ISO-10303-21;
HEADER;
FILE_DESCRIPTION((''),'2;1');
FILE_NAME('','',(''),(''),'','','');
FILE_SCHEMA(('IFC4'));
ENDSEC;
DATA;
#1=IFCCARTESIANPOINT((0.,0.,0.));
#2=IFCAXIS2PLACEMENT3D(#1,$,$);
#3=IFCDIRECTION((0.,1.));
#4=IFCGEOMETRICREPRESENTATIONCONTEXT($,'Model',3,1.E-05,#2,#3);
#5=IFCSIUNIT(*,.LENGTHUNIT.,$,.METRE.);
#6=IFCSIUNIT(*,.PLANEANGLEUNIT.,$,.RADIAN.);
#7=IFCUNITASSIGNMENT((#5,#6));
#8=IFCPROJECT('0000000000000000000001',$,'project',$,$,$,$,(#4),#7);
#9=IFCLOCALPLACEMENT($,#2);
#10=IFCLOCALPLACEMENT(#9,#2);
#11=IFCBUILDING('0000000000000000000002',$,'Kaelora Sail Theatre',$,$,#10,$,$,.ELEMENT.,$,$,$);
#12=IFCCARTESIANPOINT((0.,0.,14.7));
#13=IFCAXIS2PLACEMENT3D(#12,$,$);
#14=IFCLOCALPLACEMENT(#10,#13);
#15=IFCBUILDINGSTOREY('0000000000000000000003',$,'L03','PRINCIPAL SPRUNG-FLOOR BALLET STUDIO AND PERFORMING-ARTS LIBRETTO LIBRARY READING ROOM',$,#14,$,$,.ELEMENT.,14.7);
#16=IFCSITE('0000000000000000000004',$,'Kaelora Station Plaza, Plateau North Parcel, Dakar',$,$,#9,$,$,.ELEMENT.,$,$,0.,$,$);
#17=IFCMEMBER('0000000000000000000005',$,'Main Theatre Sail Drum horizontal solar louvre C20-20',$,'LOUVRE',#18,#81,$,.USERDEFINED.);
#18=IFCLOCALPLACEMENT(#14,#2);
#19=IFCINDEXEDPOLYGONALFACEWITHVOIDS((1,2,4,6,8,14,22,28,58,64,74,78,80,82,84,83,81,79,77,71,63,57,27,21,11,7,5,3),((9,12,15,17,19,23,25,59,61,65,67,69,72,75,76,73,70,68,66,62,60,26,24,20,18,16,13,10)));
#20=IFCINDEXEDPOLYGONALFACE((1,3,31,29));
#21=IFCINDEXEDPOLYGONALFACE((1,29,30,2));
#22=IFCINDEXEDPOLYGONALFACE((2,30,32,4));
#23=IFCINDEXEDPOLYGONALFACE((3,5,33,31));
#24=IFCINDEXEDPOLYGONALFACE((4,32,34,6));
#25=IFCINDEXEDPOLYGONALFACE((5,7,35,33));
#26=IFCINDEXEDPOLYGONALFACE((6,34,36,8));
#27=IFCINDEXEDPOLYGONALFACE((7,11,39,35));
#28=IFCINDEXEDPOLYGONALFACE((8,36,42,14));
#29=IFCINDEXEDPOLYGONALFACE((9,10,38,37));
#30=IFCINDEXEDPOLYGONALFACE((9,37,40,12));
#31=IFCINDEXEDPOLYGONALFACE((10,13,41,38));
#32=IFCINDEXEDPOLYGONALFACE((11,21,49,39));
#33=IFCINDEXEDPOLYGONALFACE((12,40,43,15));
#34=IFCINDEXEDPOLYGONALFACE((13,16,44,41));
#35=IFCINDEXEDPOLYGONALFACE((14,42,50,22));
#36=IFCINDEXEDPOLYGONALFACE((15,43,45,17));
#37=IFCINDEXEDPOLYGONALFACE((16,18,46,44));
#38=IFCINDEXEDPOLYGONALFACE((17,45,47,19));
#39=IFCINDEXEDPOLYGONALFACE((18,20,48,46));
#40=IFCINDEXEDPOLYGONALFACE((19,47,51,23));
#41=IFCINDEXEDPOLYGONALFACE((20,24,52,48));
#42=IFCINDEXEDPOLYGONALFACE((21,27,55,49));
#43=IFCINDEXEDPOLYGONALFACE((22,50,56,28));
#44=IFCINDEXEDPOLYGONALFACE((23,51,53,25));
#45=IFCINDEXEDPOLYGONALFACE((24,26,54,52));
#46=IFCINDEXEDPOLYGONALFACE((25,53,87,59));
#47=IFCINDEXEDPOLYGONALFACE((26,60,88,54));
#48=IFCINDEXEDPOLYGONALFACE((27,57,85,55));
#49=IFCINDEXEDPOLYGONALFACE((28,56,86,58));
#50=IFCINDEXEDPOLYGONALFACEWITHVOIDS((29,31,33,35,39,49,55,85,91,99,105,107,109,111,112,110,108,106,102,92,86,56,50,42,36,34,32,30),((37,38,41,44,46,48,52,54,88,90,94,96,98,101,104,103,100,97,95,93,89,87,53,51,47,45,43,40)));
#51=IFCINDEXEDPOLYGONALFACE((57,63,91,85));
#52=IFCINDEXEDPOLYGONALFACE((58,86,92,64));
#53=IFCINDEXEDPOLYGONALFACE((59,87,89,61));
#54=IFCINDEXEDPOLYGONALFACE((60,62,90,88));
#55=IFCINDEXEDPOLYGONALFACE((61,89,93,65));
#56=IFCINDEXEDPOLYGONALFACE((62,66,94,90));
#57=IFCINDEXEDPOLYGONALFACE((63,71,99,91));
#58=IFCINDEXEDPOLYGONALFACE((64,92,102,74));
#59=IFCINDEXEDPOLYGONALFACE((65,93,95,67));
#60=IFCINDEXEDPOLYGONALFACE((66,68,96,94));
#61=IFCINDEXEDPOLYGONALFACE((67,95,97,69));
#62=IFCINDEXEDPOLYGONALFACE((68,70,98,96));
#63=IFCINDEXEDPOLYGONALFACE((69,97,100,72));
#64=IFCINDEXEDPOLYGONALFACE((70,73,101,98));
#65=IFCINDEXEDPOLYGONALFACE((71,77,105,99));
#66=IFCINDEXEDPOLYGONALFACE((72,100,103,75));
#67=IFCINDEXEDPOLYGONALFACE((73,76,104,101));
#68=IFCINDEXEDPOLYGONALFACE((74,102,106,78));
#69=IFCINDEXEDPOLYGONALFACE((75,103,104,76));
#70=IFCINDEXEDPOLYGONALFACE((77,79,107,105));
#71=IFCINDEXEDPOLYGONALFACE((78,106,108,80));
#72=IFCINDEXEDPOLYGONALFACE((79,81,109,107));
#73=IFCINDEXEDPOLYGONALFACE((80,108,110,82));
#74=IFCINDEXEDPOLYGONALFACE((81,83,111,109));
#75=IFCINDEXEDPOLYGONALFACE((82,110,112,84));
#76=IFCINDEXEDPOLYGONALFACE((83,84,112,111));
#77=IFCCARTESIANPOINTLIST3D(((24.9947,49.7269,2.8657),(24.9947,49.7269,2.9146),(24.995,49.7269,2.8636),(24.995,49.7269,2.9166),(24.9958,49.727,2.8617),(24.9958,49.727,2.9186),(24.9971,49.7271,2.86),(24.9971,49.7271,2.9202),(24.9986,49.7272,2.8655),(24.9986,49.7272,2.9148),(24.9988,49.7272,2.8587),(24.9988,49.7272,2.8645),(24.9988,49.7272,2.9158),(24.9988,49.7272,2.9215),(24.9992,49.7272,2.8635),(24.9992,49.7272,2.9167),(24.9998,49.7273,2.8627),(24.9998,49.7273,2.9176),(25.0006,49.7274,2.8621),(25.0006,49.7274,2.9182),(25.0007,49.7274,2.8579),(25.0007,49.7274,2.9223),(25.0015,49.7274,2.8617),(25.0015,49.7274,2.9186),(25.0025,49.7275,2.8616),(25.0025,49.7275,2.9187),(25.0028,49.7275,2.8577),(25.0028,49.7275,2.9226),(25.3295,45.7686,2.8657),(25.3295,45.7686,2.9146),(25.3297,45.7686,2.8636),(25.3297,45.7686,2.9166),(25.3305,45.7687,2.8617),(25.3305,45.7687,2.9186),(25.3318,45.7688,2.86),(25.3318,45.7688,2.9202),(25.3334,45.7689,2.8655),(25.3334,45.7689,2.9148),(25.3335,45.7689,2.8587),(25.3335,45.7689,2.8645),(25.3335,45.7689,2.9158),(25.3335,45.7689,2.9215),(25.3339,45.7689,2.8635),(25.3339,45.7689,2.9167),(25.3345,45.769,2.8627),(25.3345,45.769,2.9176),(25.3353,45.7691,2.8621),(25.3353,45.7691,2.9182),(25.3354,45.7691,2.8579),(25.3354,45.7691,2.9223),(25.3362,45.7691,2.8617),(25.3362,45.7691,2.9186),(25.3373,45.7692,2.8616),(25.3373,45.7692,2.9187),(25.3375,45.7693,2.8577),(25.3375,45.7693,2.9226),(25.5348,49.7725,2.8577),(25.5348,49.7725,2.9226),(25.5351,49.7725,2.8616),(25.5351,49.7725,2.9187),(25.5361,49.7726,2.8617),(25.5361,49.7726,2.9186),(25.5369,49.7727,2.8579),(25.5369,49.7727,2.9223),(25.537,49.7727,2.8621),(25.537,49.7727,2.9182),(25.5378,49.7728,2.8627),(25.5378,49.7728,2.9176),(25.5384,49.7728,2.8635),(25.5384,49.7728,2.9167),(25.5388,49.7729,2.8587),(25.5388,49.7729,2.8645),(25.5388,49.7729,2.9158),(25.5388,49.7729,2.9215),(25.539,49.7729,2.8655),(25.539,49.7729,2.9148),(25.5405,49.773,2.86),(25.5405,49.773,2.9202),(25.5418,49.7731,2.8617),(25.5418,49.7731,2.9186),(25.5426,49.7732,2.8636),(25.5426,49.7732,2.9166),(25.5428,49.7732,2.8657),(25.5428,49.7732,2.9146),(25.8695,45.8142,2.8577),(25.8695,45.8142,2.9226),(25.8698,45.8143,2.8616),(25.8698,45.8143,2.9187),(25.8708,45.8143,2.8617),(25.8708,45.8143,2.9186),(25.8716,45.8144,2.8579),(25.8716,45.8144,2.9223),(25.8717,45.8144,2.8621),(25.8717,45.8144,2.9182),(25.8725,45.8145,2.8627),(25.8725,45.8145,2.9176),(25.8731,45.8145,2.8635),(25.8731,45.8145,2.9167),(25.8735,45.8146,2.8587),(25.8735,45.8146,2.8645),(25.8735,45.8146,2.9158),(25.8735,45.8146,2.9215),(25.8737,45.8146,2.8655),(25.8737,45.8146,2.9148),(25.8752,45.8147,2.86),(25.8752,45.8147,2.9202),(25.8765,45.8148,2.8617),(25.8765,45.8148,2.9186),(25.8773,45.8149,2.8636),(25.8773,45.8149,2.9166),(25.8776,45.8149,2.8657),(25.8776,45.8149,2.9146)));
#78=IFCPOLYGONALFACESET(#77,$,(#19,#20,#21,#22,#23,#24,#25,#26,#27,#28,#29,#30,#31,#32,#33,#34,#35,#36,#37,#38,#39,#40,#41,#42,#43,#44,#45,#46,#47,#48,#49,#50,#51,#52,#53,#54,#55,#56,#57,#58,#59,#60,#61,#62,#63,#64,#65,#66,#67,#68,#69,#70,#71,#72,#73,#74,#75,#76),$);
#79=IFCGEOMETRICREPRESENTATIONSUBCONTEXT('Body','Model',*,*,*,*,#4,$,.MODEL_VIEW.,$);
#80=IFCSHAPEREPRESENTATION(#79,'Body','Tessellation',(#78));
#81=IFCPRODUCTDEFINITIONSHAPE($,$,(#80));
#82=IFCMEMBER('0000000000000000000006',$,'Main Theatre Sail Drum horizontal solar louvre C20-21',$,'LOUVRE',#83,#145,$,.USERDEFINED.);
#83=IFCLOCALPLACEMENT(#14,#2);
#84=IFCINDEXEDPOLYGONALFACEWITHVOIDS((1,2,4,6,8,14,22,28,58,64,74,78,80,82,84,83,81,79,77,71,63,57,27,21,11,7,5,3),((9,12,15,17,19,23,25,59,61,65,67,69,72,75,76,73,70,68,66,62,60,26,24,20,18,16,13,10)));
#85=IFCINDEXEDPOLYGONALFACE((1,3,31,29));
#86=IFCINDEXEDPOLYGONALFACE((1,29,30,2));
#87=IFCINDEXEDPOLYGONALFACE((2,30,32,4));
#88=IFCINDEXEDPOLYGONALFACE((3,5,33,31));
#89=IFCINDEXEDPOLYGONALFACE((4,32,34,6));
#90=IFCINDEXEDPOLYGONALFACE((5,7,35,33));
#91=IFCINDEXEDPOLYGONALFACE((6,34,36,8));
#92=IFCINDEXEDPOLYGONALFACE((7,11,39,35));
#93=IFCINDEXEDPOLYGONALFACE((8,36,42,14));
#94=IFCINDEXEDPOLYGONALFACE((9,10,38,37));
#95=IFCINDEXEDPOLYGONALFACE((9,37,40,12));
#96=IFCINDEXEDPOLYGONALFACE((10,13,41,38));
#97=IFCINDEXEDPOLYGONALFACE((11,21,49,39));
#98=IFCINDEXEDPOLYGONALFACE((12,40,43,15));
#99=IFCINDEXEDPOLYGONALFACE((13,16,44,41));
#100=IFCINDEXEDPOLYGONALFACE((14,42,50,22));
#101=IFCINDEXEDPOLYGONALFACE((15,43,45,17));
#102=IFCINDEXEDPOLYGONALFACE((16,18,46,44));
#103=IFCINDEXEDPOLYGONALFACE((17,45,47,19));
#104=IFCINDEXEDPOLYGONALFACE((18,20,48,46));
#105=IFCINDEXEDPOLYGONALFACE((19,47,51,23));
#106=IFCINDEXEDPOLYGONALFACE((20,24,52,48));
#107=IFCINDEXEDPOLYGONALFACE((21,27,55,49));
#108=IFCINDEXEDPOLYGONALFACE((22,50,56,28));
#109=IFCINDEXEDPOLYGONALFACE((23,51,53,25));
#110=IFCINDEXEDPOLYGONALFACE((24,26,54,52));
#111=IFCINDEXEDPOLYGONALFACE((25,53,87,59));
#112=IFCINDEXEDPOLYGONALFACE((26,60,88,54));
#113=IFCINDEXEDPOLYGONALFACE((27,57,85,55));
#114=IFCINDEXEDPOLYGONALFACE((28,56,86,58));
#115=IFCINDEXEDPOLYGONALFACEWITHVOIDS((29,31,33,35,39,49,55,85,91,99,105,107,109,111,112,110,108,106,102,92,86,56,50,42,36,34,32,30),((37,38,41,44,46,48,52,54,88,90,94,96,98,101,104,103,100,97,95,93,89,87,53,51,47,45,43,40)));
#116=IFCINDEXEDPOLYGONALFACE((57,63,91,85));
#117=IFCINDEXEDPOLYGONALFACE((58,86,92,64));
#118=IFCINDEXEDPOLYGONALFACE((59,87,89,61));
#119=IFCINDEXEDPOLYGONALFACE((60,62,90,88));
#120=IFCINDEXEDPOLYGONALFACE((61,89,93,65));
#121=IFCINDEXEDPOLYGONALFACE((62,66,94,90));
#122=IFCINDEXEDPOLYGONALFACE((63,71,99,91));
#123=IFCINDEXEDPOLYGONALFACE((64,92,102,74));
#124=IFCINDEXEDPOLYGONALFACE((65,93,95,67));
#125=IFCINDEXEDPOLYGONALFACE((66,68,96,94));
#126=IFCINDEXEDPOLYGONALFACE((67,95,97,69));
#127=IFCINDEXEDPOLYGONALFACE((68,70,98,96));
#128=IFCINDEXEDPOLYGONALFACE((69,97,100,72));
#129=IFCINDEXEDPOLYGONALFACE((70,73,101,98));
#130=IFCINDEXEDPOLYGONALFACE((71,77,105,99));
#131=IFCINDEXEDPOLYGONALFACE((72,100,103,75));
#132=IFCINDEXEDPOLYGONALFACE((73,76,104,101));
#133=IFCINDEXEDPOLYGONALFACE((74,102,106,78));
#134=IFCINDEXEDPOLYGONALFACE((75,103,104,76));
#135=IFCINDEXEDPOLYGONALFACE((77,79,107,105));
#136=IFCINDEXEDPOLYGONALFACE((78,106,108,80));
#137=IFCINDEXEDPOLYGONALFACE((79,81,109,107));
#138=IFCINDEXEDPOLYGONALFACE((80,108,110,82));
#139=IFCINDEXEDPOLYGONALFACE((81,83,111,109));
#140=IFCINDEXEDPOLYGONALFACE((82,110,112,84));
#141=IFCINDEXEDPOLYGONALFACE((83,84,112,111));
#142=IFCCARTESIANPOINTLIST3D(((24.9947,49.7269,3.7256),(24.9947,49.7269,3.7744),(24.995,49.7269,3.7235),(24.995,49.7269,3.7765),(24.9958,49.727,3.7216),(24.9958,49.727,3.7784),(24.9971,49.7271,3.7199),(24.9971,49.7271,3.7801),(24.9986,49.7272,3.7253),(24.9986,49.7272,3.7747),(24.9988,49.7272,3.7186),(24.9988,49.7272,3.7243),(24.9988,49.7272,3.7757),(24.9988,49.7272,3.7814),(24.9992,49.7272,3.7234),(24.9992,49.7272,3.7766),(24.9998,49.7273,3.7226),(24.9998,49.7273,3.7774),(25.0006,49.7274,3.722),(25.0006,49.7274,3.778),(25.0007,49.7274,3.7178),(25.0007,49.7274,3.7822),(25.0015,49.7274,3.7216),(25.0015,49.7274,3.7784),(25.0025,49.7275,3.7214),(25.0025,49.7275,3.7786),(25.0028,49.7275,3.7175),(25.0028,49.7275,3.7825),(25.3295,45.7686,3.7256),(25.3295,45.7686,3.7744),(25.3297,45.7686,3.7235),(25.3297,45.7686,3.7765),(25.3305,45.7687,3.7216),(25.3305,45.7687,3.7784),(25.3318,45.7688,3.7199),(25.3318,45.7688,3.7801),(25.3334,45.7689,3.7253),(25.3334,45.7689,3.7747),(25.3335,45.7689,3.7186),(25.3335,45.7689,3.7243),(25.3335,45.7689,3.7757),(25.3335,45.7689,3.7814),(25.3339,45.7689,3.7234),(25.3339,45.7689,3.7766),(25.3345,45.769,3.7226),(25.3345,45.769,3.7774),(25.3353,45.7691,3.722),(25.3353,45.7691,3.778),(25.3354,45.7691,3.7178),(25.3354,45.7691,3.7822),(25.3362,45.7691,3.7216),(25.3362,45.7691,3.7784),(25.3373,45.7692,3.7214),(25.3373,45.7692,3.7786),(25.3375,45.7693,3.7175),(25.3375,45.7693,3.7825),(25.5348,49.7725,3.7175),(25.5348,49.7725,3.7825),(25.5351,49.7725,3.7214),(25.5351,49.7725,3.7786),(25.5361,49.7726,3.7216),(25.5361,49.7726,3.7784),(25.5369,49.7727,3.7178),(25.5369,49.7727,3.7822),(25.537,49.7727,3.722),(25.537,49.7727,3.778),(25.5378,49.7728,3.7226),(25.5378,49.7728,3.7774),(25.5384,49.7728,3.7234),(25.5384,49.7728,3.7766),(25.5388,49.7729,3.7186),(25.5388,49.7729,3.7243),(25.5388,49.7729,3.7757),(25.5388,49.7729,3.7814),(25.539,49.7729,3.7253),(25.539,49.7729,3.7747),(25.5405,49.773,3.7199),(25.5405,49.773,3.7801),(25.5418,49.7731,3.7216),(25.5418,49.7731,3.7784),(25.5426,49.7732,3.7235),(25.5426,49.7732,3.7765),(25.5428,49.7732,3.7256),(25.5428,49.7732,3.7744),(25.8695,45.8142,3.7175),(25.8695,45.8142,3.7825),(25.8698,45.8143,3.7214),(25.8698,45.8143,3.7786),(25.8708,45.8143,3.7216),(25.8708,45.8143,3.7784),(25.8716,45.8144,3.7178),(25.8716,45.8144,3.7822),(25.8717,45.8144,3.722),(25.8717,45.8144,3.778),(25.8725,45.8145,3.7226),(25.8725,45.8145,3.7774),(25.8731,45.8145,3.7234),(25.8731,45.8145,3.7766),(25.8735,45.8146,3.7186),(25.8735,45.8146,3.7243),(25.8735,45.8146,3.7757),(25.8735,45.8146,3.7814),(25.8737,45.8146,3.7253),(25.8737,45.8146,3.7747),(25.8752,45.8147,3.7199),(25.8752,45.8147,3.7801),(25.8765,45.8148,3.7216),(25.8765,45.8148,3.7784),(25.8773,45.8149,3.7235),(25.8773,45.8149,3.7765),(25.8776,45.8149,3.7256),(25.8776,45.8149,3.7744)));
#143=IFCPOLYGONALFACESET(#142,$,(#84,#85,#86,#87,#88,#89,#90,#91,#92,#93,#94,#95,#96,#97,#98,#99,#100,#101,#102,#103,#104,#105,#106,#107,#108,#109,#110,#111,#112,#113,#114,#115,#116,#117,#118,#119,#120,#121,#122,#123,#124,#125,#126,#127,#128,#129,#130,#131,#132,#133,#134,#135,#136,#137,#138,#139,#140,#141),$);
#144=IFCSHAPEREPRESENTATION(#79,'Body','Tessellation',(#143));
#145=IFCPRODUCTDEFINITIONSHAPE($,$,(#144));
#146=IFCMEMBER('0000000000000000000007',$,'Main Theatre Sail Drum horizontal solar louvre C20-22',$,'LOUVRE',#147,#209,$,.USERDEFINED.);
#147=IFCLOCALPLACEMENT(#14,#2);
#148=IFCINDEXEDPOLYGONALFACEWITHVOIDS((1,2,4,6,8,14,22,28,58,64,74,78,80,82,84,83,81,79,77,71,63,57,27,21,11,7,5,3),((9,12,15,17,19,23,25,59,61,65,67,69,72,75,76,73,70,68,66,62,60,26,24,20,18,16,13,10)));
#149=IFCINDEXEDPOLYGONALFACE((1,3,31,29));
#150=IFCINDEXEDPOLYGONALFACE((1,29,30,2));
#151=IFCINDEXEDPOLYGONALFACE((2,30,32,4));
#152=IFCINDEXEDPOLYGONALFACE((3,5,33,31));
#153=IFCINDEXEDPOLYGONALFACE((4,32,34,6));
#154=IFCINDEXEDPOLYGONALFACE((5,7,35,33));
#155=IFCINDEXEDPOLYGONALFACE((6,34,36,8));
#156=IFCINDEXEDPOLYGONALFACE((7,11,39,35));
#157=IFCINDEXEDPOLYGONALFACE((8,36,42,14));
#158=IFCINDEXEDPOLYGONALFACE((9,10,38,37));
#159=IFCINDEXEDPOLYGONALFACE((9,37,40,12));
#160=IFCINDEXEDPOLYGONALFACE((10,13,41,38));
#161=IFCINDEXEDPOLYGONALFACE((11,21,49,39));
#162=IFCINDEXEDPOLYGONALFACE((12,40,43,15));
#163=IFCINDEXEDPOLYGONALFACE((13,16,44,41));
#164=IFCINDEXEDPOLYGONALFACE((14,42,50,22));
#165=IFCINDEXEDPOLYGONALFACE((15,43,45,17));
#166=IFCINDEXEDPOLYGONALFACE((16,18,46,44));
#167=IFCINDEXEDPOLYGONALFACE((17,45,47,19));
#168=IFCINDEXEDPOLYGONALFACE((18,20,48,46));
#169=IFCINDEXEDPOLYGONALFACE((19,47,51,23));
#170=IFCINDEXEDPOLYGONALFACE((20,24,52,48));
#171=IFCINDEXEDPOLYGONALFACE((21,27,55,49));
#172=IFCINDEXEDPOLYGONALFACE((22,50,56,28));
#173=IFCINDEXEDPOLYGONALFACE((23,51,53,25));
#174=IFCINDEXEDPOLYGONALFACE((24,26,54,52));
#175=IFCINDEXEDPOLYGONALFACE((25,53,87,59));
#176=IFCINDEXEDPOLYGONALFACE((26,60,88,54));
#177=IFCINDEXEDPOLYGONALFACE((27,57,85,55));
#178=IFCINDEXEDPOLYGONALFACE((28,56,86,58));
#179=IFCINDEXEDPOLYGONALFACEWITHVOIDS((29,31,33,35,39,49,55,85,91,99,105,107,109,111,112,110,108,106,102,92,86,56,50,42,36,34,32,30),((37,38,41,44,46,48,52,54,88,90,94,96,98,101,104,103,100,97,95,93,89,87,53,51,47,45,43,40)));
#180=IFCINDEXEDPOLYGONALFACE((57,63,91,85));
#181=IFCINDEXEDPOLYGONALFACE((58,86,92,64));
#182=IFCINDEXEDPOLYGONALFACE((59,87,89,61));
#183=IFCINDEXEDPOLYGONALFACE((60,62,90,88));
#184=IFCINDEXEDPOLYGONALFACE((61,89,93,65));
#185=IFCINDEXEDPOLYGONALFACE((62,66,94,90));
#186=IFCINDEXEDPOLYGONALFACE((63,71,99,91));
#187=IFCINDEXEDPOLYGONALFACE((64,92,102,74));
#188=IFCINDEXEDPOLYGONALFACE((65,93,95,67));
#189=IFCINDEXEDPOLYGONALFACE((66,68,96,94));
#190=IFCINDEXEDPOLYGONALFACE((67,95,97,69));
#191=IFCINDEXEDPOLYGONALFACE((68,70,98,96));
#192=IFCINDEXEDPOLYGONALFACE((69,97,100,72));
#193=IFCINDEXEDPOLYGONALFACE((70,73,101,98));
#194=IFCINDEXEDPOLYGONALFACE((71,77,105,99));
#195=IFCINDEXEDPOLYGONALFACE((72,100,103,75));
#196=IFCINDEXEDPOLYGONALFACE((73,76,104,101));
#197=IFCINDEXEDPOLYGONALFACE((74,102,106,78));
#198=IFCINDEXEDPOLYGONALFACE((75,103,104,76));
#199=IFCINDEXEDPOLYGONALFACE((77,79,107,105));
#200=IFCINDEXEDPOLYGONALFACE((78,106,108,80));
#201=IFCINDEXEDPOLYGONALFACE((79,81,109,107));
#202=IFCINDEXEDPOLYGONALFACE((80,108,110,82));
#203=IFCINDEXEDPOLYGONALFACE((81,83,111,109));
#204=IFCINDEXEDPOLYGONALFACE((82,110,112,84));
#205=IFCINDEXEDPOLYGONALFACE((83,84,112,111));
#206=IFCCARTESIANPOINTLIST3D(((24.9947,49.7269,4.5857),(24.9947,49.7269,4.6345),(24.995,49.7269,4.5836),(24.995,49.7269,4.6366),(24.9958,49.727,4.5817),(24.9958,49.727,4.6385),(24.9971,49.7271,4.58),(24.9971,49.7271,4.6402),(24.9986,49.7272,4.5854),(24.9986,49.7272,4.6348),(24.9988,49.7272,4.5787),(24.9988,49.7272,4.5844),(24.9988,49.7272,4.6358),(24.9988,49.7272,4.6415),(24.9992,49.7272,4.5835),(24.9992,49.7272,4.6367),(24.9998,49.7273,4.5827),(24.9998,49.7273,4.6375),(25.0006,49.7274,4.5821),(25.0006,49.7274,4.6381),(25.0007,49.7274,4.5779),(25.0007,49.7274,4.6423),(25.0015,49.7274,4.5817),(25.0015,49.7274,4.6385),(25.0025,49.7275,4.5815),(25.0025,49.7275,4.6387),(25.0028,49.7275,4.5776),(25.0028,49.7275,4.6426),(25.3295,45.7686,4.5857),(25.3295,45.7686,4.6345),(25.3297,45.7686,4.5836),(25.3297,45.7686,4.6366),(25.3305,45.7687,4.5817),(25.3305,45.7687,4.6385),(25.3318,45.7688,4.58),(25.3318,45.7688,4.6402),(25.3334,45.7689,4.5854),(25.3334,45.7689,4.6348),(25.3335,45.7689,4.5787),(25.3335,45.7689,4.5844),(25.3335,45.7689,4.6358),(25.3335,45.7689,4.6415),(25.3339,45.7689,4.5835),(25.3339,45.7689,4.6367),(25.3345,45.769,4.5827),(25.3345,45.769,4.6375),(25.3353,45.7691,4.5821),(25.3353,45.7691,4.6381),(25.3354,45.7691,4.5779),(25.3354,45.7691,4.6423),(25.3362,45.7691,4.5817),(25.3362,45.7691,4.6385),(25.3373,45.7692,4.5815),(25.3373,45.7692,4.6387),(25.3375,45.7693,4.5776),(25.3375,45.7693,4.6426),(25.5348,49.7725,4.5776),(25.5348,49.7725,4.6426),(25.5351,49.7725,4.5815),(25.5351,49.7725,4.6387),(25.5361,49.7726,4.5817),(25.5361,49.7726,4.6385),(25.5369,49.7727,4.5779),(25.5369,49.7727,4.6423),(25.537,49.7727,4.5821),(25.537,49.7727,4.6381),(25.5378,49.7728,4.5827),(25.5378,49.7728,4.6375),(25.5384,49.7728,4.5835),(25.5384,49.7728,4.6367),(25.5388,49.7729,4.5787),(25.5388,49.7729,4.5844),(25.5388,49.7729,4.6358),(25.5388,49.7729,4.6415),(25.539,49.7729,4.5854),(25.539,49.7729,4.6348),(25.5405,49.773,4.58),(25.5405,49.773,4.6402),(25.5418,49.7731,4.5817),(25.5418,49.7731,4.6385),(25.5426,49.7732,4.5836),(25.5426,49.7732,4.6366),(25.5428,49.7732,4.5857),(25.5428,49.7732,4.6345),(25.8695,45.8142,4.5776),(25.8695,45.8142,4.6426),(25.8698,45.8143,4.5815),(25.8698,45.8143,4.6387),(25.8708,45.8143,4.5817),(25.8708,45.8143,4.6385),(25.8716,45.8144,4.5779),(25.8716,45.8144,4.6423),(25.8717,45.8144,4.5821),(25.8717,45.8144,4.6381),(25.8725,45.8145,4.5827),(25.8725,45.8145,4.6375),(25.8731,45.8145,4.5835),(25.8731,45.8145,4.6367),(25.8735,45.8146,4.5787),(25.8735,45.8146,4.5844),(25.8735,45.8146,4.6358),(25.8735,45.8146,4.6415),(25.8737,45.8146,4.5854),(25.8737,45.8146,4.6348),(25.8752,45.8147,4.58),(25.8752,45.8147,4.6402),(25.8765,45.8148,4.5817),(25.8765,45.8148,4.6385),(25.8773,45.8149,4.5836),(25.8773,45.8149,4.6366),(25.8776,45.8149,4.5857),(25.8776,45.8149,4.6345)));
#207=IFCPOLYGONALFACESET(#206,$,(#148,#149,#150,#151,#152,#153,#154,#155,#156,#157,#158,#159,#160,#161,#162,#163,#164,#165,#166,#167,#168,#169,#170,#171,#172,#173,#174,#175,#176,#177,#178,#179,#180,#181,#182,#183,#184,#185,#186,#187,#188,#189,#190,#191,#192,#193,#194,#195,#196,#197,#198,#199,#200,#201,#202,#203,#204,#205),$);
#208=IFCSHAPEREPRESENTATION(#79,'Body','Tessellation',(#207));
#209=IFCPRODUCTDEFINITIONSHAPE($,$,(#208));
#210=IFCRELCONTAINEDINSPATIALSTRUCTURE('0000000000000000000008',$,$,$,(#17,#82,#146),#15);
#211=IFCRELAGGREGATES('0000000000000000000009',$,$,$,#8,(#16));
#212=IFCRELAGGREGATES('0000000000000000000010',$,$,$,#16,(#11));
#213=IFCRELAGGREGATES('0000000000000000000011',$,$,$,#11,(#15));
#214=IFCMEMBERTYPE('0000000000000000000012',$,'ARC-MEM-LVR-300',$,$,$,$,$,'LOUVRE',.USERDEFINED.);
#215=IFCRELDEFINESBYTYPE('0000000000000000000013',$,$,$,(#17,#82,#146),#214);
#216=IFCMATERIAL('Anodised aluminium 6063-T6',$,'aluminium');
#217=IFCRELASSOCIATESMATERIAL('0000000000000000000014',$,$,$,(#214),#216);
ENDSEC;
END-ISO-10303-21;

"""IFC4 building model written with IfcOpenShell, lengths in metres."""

from ifc_helpers import new_model, si_unit, direction, frame, origin, origin_2d, place, context, subcontext, project, spatial, hollow_rectangle, extrude, material, material_profile, profile_set, type_object, element, save


model = new_model("IFC4")

# Units and contexts
model_context = context("Model", 3, precision=1e-05, world=origin(), true_north=direction((0.0, 1.0)))
body_context = subcontext(model_context, "Body", "Model", "MODEL_VIEW")
ifc_project = project(units=[si_unit("LENGTHUNIT", "METRE"), si_unit("PLANEANGLEUNIT", "RADIAN")], contexts=[model_context])

# Site, building, storey
site_placement = place(None, origin())
site = spatial("IfcSite", under=ifc_project, at=site_placement, Name="Kaelora Station Plaza, Plateau North Parcel, Dakar", CompositionType="ELEMENT", RefElevation=0.0)
building_placement = place(site_placement, origin())
building = spatial("IfcBuilding", under=site, at=building_placement, Name="Kaelora Sail Theatre", CompositionType="ELEMENT")
storey_placement = place(building_placement, frame((0.0, 0.0, 14.7)))
storey = spatial("IfcBuildingStorey", under=building, at=storey_placement, Name="L03", Description="PRINCIPAL SPRUNG-FLOOR BALLET STUDIO AND PERFORMING-ARTS LIBRETTO LIBRARY READING ROOM", CompositionType="ELEMENT", Elevation=14.7)

# Members
ifc_material_1 = material(Name="Anodised aluminium 6063-T6", Category="aluminium")
ifc_material_profile_1 = material_profile(ifc_material_1, hollow_rectangle(XDim=0.55, YDim=0.0649, WallThickness=0.0039, InnerFilletRadius=0.0039, OuterFilletRadius=0.0081, at=origin_2d()), Name="LOUVRE 550x65x4")
ifc_profile_set_1 = profile_set([ifc_material_profile_1], Name="Anodised aluminium 6063-T6")
member_type = type_object("IfcMemberType", Name="ARC-MEM-LVR-300", ElementType="LOUVRE", PredefinedType="USERDEFINED", material=ifc_profile_set_1)
for number, where, z_axis, x_axis, name in (
    (1, (25.6035, 45.7917, 2.8901), (-0.084261, 0.996444, 0.0), (-0.996444, -0.084261, 0.0), "Main Theatre Sail Drum horizontal solar louvre C20-20"),
    (2, (25.6035, 45.7917, 3.75), (-0.084261, 0.996444, 0.0), (-0.996444, -0.084261, 0.0), "Main Theatre Sail Drum horizontal solar louvre C20-21"),
    (3, (25.6035, 45.7917, 4.6101), (-0.084261, 0.996444, 0.0), (-0.996444, -0.084261, 0.0), "Main Theatre Sail Drum horizontal solar louvre C20-22"),
):
    element("IfcMember", number, at=place(storey_placement, frame(where, z_axis=z_axis, x_axis=x_axis)), inside=storey, type_object=member_type, Name=name, ObjectType="LOUVRE", PredefinedType="USERDEFINED", context=body_context, shape_type="SweptSolid", body=[
        extrude(hollow_rectangle(XDim=0.55, YDim=0.0649, WallThickness=0.0039, InnerFilletRadius=0.0039, OuterFilletRadius=0.0081, at=origin_2d()), origin(), (0.0, 0.0, 1.0), 3.9724),
    ])

save(model, "model.ifc")
